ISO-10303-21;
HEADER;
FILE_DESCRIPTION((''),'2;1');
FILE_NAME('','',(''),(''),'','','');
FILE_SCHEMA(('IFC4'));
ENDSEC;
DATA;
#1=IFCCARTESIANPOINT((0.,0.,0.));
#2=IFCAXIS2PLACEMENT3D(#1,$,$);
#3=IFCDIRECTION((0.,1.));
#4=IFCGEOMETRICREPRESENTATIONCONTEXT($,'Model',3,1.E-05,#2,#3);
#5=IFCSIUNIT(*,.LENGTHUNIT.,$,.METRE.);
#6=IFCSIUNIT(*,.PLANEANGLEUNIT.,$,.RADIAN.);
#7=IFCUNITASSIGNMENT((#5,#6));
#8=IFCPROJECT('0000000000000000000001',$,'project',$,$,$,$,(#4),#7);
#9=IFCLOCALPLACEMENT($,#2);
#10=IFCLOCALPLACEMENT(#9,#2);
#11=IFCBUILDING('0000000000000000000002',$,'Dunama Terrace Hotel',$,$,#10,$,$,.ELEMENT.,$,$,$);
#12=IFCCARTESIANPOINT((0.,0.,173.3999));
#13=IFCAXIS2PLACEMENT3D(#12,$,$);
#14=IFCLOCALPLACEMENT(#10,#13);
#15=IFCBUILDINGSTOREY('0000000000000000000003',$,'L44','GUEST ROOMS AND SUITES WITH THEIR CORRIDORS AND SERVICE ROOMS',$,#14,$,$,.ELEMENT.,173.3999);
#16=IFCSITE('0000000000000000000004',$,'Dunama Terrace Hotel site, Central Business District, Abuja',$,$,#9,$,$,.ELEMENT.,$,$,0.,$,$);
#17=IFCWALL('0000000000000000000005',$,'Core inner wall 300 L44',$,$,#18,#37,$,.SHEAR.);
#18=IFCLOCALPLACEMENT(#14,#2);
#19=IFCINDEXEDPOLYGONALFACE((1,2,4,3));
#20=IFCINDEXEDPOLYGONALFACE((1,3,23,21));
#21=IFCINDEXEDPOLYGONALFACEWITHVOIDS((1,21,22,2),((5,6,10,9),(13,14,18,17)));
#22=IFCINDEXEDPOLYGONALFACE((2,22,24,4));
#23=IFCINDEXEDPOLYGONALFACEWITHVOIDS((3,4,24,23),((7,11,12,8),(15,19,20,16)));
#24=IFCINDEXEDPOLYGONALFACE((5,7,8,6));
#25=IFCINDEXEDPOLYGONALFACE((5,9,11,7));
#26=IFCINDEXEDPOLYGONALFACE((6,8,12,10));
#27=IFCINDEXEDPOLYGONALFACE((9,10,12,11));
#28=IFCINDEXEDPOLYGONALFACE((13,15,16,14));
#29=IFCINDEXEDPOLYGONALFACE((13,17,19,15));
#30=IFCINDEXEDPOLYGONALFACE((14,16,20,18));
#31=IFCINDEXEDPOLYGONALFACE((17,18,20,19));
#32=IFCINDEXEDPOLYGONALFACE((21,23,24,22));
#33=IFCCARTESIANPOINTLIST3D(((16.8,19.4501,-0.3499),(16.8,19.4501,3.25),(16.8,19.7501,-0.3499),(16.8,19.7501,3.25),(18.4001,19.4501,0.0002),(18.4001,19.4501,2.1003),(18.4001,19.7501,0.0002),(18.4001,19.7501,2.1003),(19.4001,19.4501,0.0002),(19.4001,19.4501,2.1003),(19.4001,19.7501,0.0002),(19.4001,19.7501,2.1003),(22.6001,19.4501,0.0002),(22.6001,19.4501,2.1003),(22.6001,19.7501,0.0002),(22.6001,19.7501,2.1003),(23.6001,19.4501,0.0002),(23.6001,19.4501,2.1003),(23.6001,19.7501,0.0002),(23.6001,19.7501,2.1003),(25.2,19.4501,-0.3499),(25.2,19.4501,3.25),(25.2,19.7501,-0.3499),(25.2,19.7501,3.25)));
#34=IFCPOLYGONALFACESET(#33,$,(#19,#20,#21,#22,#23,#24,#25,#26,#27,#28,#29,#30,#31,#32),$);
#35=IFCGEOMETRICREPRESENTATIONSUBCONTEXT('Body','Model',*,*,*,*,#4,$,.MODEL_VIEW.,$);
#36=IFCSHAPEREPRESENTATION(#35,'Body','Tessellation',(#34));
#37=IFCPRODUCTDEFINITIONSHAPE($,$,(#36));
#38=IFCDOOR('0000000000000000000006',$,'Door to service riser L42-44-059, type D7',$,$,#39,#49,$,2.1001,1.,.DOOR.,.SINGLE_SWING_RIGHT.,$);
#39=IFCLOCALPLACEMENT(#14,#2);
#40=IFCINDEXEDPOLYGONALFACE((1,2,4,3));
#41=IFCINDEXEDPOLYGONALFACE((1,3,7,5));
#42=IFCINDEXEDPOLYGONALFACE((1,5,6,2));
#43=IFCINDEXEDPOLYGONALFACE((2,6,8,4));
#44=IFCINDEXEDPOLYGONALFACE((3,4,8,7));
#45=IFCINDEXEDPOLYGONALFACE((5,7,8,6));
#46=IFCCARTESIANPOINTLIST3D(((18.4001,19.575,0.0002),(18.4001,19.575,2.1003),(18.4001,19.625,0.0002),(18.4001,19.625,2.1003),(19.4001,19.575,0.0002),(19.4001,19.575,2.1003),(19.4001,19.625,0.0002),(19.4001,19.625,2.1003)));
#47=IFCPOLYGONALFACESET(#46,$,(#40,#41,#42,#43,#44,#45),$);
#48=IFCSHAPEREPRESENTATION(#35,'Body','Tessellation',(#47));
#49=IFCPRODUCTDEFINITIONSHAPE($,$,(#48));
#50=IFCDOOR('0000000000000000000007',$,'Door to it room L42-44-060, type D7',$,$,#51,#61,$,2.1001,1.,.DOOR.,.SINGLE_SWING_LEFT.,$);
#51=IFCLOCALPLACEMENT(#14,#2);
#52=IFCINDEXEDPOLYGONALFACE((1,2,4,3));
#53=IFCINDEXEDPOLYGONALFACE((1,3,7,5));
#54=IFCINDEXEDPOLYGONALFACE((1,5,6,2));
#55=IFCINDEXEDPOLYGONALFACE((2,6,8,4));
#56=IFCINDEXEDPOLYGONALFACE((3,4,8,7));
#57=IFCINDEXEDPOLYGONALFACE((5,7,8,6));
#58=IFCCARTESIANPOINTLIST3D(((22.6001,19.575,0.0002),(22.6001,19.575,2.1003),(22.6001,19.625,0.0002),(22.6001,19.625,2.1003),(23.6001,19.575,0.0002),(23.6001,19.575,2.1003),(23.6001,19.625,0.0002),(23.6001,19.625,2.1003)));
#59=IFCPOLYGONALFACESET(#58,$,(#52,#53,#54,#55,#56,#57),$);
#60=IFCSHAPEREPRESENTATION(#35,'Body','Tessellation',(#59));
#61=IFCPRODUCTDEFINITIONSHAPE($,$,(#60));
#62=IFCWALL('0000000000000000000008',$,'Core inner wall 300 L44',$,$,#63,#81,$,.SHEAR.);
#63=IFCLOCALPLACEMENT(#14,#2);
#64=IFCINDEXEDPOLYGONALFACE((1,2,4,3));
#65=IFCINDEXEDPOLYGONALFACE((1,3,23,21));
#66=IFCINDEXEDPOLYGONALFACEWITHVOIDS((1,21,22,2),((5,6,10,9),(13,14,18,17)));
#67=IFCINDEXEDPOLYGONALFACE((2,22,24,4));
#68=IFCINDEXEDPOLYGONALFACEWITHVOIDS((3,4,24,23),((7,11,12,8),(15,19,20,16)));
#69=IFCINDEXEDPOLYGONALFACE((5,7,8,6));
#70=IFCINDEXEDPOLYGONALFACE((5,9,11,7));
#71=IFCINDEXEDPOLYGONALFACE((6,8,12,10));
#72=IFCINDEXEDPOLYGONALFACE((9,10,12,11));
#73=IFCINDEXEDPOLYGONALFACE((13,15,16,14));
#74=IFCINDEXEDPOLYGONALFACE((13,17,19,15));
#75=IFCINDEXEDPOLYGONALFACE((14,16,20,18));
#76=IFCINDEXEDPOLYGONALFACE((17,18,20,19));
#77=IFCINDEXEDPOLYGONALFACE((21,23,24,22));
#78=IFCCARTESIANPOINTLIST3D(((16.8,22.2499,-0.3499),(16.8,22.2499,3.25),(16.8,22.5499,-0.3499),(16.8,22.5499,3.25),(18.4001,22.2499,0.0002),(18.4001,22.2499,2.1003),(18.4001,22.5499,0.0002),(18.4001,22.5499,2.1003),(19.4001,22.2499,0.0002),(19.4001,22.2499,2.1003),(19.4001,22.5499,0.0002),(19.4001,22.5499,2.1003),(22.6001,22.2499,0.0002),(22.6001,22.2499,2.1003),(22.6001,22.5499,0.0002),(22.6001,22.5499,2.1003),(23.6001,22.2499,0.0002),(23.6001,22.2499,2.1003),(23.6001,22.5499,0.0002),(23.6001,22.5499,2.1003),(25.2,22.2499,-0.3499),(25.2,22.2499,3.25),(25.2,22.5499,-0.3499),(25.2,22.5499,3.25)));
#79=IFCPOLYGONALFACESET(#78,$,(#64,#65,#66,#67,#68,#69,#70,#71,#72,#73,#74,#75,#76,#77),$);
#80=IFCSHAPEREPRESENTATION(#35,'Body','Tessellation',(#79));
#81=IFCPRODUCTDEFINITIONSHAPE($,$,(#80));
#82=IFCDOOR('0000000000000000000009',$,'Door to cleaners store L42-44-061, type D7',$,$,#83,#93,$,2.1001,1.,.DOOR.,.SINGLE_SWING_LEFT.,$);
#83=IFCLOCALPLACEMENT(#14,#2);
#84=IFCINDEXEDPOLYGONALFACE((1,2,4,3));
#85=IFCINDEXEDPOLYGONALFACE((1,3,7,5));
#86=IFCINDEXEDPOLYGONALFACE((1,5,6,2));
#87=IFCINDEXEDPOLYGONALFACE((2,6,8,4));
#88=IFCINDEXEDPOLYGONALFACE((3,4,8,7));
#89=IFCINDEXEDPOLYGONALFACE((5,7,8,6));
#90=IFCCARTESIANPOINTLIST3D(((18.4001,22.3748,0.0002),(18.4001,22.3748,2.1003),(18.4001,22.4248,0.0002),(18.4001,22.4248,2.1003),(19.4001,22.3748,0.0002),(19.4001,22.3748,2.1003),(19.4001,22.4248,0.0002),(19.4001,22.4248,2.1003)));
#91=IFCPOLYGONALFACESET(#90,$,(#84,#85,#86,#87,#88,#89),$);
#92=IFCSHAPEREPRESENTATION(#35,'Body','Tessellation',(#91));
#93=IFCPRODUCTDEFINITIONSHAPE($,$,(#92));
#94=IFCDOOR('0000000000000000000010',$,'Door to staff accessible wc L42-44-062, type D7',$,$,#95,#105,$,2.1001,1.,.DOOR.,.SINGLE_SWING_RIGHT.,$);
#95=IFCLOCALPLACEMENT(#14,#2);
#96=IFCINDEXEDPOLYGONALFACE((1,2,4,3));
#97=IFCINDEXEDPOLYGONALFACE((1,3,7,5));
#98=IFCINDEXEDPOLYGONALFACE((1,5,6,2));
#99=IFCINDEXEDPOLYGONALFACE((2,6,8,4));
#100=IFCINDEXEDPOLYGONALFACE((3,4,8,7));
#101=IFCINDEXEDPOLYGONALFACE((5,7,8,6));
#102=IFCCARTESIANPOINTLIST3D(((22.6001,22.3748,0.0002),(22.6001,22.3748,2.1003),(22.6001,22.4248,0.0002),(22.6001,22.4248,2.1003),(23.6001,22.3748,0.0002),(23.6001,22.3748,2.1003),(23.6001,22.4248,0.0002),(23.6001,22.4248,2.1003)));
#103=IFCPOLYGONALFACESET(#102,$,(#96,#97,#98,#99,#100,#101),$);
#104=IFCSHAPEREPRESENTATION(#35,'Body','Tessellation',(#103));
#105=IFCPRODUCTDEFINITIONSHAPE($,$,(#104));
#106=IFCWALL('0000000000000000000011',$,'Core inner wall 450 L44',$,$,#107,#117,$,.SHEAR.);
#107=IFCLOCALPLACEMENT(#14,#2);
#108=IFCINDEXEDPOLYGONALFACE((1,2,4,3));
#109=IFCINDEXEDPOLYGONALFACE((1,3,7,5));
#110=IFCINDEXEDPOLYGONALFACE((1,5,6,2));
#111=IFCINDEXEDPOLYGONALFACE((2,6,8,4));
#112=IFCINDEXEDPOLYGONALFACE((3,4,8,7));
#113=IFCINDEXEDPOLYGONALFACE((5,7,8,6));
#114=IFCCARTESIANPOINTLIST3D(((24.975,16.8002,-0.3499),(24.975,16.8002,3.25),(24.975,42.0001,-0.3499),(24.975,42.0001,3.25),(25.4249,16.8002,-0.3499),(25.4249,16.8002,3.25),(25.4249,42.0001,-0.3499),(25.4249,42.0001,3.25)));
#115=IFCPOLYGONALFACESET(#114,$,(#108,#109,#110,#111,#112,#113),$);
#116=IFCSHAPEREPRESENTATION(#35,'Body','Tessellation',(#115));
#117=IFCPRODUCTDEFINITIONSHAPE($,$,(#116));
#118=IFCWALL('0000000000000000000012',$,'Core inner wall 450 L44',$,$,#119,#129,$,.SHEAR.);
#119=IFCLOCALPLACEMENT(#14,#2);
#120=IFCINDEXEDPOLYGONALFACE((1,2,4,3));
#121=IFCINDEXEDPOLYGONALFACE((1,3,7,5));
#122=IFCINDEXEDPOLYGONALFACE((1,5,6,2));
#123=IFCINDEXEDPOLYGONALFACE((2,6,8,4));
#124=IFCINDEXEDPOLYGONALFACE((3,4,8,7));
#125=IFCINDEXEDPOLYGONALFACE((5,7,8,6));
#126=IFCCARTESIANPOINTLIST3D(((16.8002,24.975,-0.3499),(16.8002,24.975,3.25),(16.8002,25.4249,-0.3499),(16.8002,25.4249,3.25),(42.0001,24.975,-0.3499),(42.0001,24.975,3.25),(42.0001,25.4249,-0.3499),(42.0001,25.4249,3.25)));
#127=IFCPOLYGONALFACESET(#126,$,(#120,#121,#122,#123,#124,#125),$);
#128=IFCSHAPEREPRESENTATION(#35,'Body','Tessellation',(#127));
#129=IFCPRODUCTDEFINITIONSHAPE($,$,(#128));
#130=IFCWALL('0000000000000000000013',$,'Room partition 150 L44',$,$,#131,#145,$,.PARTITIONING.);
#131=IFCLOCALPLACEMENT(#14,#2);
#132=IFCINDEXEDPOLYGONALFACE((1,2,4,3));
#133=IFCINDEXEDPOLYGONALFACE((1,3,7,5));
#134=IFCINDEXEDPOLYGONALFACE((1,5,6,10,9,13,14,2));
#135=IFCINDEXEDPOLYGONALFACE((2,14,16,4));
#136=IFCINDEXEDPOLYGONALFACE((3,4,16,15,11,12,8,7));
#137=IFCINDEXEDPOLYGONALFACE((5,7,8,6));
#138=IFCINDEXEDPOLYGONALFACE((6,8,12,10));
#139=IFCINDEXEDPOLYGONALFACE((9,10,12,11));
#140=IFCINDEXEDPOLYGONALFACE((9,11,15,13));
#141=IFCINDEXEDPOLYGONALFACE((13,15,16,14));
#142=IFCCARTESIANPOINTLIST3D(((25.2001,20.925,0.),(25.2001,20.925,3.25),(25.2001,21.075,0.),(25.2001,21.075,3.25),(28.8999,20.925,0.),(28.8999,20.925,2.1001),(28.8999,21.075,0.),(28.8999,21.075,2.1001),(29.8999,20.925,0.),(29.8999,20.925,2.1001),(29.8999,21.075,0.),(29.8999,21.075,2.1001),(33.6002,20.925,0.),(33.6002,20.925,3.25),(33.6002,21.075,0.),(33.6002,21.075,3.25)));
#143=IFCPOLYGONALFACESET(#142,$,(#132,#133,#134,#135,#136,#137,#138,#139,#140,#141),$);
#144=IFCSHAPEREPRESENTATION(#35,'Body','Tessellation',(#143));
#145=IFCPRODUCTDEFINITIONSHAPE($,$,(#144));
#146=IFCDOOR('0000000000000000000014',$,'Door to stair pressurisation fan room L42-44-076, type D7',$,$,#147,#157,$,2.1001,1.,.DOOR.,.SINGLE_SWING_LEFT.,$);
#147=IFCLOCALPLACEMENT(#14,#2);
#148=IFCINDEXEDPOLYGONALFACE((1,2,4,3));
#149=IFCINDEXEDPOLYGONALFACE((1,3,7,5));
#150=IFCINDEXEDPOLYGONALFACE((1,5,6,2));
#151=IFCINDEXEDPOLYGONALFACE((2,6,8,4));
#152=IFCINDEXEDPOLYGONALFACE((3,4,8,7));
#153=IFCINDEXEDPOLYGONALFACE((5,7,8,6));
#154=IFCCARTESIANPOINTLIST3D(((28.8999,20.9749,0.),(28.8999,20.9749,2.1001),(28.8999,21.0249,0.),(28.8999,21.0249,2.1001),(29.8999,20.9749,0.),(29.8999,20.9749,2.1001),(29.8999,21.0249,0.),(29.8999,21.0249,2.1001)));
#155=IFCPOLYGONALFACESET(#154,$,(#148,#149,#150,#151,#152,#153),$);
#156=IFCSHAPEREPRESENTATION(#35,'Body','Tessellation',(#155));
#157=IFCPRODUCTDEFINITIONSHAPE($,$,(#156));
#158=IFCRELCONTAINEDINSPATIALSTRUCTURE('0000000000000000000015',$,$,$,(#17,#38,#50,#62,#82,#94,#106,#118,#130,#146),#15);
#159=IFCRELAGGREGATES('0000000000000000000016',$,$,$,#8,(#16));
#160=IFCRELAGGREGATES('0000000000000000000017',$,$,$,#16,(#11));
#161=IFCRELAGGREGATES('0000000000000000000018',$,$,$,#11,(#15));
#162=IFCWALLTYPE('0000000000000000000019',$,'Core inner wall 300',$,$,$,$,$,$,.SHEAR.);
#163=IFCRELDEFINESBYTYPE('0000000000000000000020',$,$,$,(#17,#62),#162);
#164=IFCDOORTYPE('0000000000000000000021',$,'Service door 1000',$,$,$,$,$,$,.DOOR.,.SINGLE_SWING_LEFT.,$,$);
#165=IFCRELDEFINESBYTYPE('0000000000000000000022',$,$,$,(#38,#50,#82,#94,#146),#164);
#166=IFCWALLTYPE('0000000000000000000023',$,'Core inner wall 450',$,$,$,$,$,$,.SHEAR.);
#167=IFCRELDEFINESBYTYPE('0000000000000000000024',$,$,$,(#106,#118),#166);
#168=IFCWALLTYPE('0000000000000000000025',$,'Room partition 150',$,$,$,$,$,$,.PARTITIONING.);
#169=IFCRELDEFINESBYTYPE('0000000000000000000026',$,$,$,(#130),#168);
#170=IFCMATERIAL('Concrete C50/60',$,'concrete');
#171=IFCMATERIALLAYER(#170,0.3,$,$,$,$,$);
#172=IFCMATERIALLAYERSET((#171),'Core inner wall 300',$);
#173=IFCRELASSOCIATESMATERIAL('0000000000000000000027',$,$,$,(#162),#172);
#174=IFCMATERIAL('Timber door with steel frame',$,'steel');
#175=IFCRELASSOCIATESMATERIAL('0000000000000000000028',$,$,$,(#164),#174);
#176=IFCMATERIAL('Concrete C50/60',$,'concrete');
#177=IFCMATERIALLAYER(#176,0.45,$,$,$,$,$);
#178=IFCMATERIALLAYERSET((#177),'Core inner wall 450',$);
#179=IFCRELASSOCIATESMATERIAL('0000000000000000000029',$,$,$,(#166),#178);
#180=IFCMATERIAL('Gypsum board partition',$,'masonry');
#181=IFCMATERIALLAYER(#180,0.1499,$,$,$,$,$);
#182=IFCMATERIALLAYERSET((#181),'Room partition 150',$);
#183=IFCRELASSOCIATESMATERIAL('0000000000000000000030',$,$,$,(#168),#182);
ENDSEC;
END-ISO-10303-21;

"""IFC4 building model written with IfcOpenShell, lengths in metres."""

from ifc_helpers import new_model, si_unit, direction, frame, frame_2d, origin, place, context, subcontext, project, spatial, rectangle, extrude, material, layer, layer_set, type_object, element, fill, save


model = new_model("IFC4")

# Units and contexts
model_context = context("Model", 3, precision=1e-05, world=origin(), true_north=direction((0.0, 1.0)))
body_context = subcontext(model_context, "Body", "Model", "MODEL_VIEW")
ifc_project = project(units=[si_unit("LENGTHUNIT", "METRE"), si_unit("PLANEANGLEUNIT", "RADIAN")], contexts=[model_context])

# Site, building, storey
site_placement = place(None, origin())
site = spatial("IfcSite", under=ifc_project, at=site_placement, Name="Dunama Terrace Hotel site, Central Business District, Abuja", CompositionType="ELEMENT", RefElevation=0.0)
building_placement = place(site_placement, origin())
building = spatial("IfcBuilding", under=site, at=building_placement, Name="Dunama Terrace Hotel", CompositionType="ELEMENT")
storey_placement = place(building_placement, frame((0.0, 0.0, 173.3999)))
storey = spatial("IfcBuildingStorey", under=building, at=storey_placement, Name="L44", Description="GUEST ROOMS AND SUITES WITH THEIR CORRIDORS AND SERVICE ROOMS", CompositionType="ELEMENT", Elevation=173.3999)

# Shared definitions
ifc_material_1 = material(Name="Concrete C50/60", Category="concrete")
ifc_layer_1 = layer(ifc_material_1, 0.3)
ifc_layer_set_1 = layer_set([ifc_layer_1], Name="Core inner wall 300")
wall_type_1 = type_object("IfcWallType", Name="Core inner wall 300", PredefinedType="SHEAR", material=ifc_layer_set_1)

# Walls, openings, doors
wall_1_placement = place(storey_placement, frame((16.8, 19.6001, -0.3499), z_axis=(0.0, 0.0, 1.0), x_axis=(1.0, 0.0, 0.0)))
wall_1 = element("IfcWall", 1, at=wall_1_placement, inside=storey, type_object=wall_type_1, Name="Core inner wall 300 L44", PredefinedType="SHEAR", context=body_context, shape_type="SweptSolid", body=[
    extrude(rectangle(XDim=8.3999, YDim=0.3, at=frame_2d((4.2, 0.0))), origin(), (0.0, 0.0, 1.0), 3.5999),
])
opening_1_placement = place(wall_1_placement, frame((1.6001, 0.0, 0.3501)))
opening_1 = element("IfcOpeningElement", 2, at=opening_1_placement, cuts=wall_1, PredefinedType="OPENING", context=body_context, shape_type="SweptSolid", body=[
    extrude(rectangle(XDim=1.0, YDim=2.1001, at=frame_2d((0.5, 1.05))), frame((0.0, 0.1599, 0.0), z_axis=(0.0, -1.0, 0.0), x_axis=(1.0, 0.0, 0.0)), (0.0, 0.0, 1.0), 0.3201),
])
opening_2_placement = place(wall_1_placement, frame((5.8, 0.0, 0.3501)))
opening_2 = element("IfcOpeningElement", 3, at=opening_2_placement, cuts=wall_1, PredefinedType="OPENING", context=body_context, shape_type="SweptSolid", body=[
    extrude(rectangle(XDim=1.0, YDim=2.1001, at=frame_2d((0.5, 1.05))), frame((0.0, 0.1599, 0.0), z_axis=(0.0, -1.0, 0.0), x_axis=(1.0, 0.0, 0.0)), (0.0, 0.0, 1.0), 0.3201),
])
ifc_material_2 = material(Name="Timber door with steel frame", Category="steel")
door_type_1 = type_object("IfcDoorType", Name="Service door 1000", OperationType="SINGLE_SWING_LEFT", PredefinedType="DOOR", material=ifc_material_2)
door_1_placement = place(opening_1_placement, frame((1.0, 0.0, 0.0), z_axis=(0.0, 0.0, 1.0), x_axis=(-1.0, 0.0, 0.0)))
door_1 = element("IfcDoor", 4, at=door_1_placement, inside=storey, type_object=door_type_1, Name="Door to service riser L42-44-059, type D7", OperationType="SINGLE_SWING_RIGHT", OverallHeight=2.1001, OverallWidth=1.0, PredefinedType="DOOR", context=body_context, shape_type="SweptSolid", body=[
    extrude(rectangle(XDim=1.0, YDim=2.1001, at=frame_2d((0.5, 1.05))), frame((0.0, 0.0251, 0.0), z_axis=(0.0, -1.0, 0.0), x_axis=(1.0, 0.0, 0.0)), (0.0, 0.0, 1.0), 0.05),
])
fill(opening_1, door_1)
door_2_placement = place(opening_2_placement, frame((1.0, 0.0, 0.0), z_axis=(0.0, 0.0, 1.0), x_axis=(-1.0, 0.0, 0.0)))
door_2 = element("IfcDoor", 5, at=door_2_placement, inside=storey, type_object=door_type_1, Name="Door to it room L42-44-060, type D7", OperationType="SINGLE_SWING_LEFT", OverallHeight=2.1001, OverallWidth=1.0, PredefinedType="DOOR", context=body_context, shape_type="SweptSolid", body=[
    extrude(rectangle(XDim=1.0, YDim=2.1001, at=frame_2d((0.5, 1.05))), frame((0.0, 0.0251, 0.0), z_axis=(0.0, -1.0, 0.0), x_axis=(1.0, 0.0, 0.0)), (0.0, 0.0, 1.0), 0.05),
])
fill(opening_2, door_2)
wall_2_placement = place(storey_placement, frame((16.8, 22.3999, -0.3499), z_axis=(0.0, 0.0, 1.0), x_axis=(1.0, 0.0, 0.0)))
wall_2 = element("IfcWall", 6, at=wall_2_placement, inside=storey, type_object=wall_type_1, Name="Core inner wall 300 L44", PredefinedType="SHEAR", context=body_context, shape_type="SweptSolid", body=[
    extrude(rectangle(XDim=8.3999, YDim=0.3, at=frame_2d((4.2, 0.0))), origin(), (0.0, 0.0, 1.0), 3.5999),
])
opening_3_placement = place(wall_2_placement, frame((1.6001, 0.0, 0.3501)))
opening_3 = element("IfcOpeningElement", 7, at=opening_3_placement, cuts=wall_2, PredefinedType="OPENING", context=body_context, shape_type="SweptSolid", body=[
    extrude(rectangle(XDim=1.0, YDim=2.1001, at=frame_2d((0.5, 1.05))), frame((0.0, 0.1599, 0.0), z_axis=(0.0, -1.0, 0.0), x_axis=(1.0, 0.0, 0.0)), (0.0, 0.0, 1.0), 0.3201),
])
opening_4_placement = place(wall_2_placement, frame((5.8, 0.0, 0.3501)))
opening_4 = element("IfcOpeningElement", 8, at=opening_4_placement, cuts=wall_2, PredefinedType="OPENING", context=body_context, shape_type="SweptSolid", body=[
    extrude(rectangle(XDim=1.0, YDim=2.1001, at=frame_2d((0.5, 1.05))), frame((0.0, 0.1599, 0.0), z_axis=(0.0, -1.0, 0.0), x_axis=(1.0, 0.0, 0.0)), (0.0, 0.0, 1.0), 0.3201),
])
door_3_placement = place(opening_3_placement, origin())
door_3 = element("IfcDoor", 9, at=door_3_placement, inside=storey, type_object=door_type_1, Name="Door to cleaners store L42-44-061, type D7", OperationType="SINGLE_SWING_LEFT", OverallHeight=2.1001, OverallWidth=1.0, PredefinedType="DOOR", context=body_context, shape_type="SweptSolid", body=[
    extrude(rectangle(XDim=1.0, YDim=2.1001, at=frame_2d((0.5, 1.05))), frame((0.0, 0.0249, 0.0), z_axis=(0.0, -1.0, 0.0), x_axis=(1.0, 0.0, 0.0)), (0.0, 0.0, 1.0), 0.05),
])
fill(opening_3, door_3)
door_4_placement = place(opening_4_placement, origin())
door_4 = element("IfcDoor", 10, at=door_4_placement, inside=storey, type_object=door_type_1, Name="Door to staff accessible wc L42-44-062, type D7", OperationType="SINGLE_SWING_RIGHT", OverallHeight=2.1001, OverallWidth=1.0, PredefinedType="DOOR", context=body_context, shape_type="SweptSolid", body=[
    extrude(rectangle(XDim=1.0, YDim=2.1001, at=frame_2d((0.5, 1.05))), frame((0.0, 0.0249, 0.0), z_axis=(0.0, -1.0, 0.0), x_axis=(1.0, 0.0, 0.0)), (0.0, 0.0, 1.0), 0.05),
])
fill(opening_4, door_4)

# Walls
ifc_material_3 = material(Name="Concrete C50/60", Category="concrete")
ifc_layer_2 = layer(ifc_material_3, 0.45)
ifc_layer_set_2 = layer_set([ifc_layer_2], Name="Core inner wall 450")
wall_type_2 = type_object("IfcWallType", Name="Core inner wall 450", PredefinedType="SHEAR", material=ifc_layer_set_2)
for number, where, z_axis, x_axis, name in (
    (11, (25.2, 16.8, -0.3499), (0.0, 0.0, 1.0), (0.0, 1.0, 0.0), "Core inner wall 450 L44"),
    (12, (16.8, 25.2, -0.3499), (0.0, 0.0, 1.0), (1.0, 0.0, 0.0), "Core inner wall 450 L44"),
):
    element("IfcWall", number, at=place(storey_placement, frame(where, z_axis=z_axis, x_axis=x_axis)), inside=storey, type_object=wall_type_2, Name=name, PredefinedType="SHEAR", context=body_context, shape_type="SweptSolid", body=[
        extrude(rectangle(XDim=25.2, YDim=0.45, at=frame_2d((12.6001, 0.0))), origin(), (0.0, 0.0, 1.0), 3.5999),
    ])

# Wall, opening, door
ifc_material_4 = material(Name="Gypsum board partition", Category="masonry")
ifc_layer_3 = layer(ifc_material_4, 0.1499)
ifc_layer_set_3 = layer_set([ifc_layer_3], Name="Room partition 150")
wall_type_3 = type_object("IfcWallType", Name="Room partition 150", PredefinedType="PARTITIONING", material=ifc_layer_set_3)
wall_3_placement = place(storey_placement, frame((25.2, 21.0, 0.0), z_axis=(0.0, 0.0, 1.0), x_axis=(1.0, 0.0, 0.0)))
wall_3 = element("IfcWall", 13, at=wall_3_placement, inside=storey, type_object=wall_type_3, Name="Room partition 150 L44", PredefinedType="PARTITIONING", context=body_context, shape_type="SweptSolid", body=[
    extrude(rectangle(XDim=8.4001, YDim=0.1499, at=frame_2d((4.2002, 0.0))), origin(), (0.0, 0.0, 1.0), 3.25),
])
opening_5_placement = place(wall_3_placement, frame((3.7, 0.0, 0.0)))
opening_5 = element("IfcOpeningElement", 14, at=opening_5_placement, cuts=wall_3, PredefinedType="OPENING", context=body_context, shape_type="SweptSolid", body=[
    extrude(rectangle(XDim=1.0, YDim=2.1001, at=frame_2d((0.5, 1.05))), frame((0.0, 0.085, 0.0), z_axis=(0.0, -1.0, 0.0), x_axis=(1.0, 0.0, 0.0)), (0.0, 0.0, 1.0), 0.1699),
])
door_5_placement = place(opening_5_placement, origin())
door_5 = element("IfcDoor", 15, at=door_5_placement, inside=storey, type_object=door_type_1, Name="Door to stair pressurisation fan room L42-44-076, type D7", OperationType="SINGLE_SWING_LEFT", OverallHeight=2.1001, OverallWidth=1.0, PredefinedType="DOOR", context=body_context, shape_type="SweptSolid", body=[
    extrude(rectangle(XDim=1.0, YDim=2.1001, at=frame_2d((0.5, 1.05))), frame((0.0, 0.0249, 0.0), z_axis=(0.0, -1.0, 0.0), x_axis=(1.0, 0.0, 0.0)), (0.0, 0.0, 1.0), 0.05),
])
fill(opening_5, door_5)

save(model, "model.ifc")
